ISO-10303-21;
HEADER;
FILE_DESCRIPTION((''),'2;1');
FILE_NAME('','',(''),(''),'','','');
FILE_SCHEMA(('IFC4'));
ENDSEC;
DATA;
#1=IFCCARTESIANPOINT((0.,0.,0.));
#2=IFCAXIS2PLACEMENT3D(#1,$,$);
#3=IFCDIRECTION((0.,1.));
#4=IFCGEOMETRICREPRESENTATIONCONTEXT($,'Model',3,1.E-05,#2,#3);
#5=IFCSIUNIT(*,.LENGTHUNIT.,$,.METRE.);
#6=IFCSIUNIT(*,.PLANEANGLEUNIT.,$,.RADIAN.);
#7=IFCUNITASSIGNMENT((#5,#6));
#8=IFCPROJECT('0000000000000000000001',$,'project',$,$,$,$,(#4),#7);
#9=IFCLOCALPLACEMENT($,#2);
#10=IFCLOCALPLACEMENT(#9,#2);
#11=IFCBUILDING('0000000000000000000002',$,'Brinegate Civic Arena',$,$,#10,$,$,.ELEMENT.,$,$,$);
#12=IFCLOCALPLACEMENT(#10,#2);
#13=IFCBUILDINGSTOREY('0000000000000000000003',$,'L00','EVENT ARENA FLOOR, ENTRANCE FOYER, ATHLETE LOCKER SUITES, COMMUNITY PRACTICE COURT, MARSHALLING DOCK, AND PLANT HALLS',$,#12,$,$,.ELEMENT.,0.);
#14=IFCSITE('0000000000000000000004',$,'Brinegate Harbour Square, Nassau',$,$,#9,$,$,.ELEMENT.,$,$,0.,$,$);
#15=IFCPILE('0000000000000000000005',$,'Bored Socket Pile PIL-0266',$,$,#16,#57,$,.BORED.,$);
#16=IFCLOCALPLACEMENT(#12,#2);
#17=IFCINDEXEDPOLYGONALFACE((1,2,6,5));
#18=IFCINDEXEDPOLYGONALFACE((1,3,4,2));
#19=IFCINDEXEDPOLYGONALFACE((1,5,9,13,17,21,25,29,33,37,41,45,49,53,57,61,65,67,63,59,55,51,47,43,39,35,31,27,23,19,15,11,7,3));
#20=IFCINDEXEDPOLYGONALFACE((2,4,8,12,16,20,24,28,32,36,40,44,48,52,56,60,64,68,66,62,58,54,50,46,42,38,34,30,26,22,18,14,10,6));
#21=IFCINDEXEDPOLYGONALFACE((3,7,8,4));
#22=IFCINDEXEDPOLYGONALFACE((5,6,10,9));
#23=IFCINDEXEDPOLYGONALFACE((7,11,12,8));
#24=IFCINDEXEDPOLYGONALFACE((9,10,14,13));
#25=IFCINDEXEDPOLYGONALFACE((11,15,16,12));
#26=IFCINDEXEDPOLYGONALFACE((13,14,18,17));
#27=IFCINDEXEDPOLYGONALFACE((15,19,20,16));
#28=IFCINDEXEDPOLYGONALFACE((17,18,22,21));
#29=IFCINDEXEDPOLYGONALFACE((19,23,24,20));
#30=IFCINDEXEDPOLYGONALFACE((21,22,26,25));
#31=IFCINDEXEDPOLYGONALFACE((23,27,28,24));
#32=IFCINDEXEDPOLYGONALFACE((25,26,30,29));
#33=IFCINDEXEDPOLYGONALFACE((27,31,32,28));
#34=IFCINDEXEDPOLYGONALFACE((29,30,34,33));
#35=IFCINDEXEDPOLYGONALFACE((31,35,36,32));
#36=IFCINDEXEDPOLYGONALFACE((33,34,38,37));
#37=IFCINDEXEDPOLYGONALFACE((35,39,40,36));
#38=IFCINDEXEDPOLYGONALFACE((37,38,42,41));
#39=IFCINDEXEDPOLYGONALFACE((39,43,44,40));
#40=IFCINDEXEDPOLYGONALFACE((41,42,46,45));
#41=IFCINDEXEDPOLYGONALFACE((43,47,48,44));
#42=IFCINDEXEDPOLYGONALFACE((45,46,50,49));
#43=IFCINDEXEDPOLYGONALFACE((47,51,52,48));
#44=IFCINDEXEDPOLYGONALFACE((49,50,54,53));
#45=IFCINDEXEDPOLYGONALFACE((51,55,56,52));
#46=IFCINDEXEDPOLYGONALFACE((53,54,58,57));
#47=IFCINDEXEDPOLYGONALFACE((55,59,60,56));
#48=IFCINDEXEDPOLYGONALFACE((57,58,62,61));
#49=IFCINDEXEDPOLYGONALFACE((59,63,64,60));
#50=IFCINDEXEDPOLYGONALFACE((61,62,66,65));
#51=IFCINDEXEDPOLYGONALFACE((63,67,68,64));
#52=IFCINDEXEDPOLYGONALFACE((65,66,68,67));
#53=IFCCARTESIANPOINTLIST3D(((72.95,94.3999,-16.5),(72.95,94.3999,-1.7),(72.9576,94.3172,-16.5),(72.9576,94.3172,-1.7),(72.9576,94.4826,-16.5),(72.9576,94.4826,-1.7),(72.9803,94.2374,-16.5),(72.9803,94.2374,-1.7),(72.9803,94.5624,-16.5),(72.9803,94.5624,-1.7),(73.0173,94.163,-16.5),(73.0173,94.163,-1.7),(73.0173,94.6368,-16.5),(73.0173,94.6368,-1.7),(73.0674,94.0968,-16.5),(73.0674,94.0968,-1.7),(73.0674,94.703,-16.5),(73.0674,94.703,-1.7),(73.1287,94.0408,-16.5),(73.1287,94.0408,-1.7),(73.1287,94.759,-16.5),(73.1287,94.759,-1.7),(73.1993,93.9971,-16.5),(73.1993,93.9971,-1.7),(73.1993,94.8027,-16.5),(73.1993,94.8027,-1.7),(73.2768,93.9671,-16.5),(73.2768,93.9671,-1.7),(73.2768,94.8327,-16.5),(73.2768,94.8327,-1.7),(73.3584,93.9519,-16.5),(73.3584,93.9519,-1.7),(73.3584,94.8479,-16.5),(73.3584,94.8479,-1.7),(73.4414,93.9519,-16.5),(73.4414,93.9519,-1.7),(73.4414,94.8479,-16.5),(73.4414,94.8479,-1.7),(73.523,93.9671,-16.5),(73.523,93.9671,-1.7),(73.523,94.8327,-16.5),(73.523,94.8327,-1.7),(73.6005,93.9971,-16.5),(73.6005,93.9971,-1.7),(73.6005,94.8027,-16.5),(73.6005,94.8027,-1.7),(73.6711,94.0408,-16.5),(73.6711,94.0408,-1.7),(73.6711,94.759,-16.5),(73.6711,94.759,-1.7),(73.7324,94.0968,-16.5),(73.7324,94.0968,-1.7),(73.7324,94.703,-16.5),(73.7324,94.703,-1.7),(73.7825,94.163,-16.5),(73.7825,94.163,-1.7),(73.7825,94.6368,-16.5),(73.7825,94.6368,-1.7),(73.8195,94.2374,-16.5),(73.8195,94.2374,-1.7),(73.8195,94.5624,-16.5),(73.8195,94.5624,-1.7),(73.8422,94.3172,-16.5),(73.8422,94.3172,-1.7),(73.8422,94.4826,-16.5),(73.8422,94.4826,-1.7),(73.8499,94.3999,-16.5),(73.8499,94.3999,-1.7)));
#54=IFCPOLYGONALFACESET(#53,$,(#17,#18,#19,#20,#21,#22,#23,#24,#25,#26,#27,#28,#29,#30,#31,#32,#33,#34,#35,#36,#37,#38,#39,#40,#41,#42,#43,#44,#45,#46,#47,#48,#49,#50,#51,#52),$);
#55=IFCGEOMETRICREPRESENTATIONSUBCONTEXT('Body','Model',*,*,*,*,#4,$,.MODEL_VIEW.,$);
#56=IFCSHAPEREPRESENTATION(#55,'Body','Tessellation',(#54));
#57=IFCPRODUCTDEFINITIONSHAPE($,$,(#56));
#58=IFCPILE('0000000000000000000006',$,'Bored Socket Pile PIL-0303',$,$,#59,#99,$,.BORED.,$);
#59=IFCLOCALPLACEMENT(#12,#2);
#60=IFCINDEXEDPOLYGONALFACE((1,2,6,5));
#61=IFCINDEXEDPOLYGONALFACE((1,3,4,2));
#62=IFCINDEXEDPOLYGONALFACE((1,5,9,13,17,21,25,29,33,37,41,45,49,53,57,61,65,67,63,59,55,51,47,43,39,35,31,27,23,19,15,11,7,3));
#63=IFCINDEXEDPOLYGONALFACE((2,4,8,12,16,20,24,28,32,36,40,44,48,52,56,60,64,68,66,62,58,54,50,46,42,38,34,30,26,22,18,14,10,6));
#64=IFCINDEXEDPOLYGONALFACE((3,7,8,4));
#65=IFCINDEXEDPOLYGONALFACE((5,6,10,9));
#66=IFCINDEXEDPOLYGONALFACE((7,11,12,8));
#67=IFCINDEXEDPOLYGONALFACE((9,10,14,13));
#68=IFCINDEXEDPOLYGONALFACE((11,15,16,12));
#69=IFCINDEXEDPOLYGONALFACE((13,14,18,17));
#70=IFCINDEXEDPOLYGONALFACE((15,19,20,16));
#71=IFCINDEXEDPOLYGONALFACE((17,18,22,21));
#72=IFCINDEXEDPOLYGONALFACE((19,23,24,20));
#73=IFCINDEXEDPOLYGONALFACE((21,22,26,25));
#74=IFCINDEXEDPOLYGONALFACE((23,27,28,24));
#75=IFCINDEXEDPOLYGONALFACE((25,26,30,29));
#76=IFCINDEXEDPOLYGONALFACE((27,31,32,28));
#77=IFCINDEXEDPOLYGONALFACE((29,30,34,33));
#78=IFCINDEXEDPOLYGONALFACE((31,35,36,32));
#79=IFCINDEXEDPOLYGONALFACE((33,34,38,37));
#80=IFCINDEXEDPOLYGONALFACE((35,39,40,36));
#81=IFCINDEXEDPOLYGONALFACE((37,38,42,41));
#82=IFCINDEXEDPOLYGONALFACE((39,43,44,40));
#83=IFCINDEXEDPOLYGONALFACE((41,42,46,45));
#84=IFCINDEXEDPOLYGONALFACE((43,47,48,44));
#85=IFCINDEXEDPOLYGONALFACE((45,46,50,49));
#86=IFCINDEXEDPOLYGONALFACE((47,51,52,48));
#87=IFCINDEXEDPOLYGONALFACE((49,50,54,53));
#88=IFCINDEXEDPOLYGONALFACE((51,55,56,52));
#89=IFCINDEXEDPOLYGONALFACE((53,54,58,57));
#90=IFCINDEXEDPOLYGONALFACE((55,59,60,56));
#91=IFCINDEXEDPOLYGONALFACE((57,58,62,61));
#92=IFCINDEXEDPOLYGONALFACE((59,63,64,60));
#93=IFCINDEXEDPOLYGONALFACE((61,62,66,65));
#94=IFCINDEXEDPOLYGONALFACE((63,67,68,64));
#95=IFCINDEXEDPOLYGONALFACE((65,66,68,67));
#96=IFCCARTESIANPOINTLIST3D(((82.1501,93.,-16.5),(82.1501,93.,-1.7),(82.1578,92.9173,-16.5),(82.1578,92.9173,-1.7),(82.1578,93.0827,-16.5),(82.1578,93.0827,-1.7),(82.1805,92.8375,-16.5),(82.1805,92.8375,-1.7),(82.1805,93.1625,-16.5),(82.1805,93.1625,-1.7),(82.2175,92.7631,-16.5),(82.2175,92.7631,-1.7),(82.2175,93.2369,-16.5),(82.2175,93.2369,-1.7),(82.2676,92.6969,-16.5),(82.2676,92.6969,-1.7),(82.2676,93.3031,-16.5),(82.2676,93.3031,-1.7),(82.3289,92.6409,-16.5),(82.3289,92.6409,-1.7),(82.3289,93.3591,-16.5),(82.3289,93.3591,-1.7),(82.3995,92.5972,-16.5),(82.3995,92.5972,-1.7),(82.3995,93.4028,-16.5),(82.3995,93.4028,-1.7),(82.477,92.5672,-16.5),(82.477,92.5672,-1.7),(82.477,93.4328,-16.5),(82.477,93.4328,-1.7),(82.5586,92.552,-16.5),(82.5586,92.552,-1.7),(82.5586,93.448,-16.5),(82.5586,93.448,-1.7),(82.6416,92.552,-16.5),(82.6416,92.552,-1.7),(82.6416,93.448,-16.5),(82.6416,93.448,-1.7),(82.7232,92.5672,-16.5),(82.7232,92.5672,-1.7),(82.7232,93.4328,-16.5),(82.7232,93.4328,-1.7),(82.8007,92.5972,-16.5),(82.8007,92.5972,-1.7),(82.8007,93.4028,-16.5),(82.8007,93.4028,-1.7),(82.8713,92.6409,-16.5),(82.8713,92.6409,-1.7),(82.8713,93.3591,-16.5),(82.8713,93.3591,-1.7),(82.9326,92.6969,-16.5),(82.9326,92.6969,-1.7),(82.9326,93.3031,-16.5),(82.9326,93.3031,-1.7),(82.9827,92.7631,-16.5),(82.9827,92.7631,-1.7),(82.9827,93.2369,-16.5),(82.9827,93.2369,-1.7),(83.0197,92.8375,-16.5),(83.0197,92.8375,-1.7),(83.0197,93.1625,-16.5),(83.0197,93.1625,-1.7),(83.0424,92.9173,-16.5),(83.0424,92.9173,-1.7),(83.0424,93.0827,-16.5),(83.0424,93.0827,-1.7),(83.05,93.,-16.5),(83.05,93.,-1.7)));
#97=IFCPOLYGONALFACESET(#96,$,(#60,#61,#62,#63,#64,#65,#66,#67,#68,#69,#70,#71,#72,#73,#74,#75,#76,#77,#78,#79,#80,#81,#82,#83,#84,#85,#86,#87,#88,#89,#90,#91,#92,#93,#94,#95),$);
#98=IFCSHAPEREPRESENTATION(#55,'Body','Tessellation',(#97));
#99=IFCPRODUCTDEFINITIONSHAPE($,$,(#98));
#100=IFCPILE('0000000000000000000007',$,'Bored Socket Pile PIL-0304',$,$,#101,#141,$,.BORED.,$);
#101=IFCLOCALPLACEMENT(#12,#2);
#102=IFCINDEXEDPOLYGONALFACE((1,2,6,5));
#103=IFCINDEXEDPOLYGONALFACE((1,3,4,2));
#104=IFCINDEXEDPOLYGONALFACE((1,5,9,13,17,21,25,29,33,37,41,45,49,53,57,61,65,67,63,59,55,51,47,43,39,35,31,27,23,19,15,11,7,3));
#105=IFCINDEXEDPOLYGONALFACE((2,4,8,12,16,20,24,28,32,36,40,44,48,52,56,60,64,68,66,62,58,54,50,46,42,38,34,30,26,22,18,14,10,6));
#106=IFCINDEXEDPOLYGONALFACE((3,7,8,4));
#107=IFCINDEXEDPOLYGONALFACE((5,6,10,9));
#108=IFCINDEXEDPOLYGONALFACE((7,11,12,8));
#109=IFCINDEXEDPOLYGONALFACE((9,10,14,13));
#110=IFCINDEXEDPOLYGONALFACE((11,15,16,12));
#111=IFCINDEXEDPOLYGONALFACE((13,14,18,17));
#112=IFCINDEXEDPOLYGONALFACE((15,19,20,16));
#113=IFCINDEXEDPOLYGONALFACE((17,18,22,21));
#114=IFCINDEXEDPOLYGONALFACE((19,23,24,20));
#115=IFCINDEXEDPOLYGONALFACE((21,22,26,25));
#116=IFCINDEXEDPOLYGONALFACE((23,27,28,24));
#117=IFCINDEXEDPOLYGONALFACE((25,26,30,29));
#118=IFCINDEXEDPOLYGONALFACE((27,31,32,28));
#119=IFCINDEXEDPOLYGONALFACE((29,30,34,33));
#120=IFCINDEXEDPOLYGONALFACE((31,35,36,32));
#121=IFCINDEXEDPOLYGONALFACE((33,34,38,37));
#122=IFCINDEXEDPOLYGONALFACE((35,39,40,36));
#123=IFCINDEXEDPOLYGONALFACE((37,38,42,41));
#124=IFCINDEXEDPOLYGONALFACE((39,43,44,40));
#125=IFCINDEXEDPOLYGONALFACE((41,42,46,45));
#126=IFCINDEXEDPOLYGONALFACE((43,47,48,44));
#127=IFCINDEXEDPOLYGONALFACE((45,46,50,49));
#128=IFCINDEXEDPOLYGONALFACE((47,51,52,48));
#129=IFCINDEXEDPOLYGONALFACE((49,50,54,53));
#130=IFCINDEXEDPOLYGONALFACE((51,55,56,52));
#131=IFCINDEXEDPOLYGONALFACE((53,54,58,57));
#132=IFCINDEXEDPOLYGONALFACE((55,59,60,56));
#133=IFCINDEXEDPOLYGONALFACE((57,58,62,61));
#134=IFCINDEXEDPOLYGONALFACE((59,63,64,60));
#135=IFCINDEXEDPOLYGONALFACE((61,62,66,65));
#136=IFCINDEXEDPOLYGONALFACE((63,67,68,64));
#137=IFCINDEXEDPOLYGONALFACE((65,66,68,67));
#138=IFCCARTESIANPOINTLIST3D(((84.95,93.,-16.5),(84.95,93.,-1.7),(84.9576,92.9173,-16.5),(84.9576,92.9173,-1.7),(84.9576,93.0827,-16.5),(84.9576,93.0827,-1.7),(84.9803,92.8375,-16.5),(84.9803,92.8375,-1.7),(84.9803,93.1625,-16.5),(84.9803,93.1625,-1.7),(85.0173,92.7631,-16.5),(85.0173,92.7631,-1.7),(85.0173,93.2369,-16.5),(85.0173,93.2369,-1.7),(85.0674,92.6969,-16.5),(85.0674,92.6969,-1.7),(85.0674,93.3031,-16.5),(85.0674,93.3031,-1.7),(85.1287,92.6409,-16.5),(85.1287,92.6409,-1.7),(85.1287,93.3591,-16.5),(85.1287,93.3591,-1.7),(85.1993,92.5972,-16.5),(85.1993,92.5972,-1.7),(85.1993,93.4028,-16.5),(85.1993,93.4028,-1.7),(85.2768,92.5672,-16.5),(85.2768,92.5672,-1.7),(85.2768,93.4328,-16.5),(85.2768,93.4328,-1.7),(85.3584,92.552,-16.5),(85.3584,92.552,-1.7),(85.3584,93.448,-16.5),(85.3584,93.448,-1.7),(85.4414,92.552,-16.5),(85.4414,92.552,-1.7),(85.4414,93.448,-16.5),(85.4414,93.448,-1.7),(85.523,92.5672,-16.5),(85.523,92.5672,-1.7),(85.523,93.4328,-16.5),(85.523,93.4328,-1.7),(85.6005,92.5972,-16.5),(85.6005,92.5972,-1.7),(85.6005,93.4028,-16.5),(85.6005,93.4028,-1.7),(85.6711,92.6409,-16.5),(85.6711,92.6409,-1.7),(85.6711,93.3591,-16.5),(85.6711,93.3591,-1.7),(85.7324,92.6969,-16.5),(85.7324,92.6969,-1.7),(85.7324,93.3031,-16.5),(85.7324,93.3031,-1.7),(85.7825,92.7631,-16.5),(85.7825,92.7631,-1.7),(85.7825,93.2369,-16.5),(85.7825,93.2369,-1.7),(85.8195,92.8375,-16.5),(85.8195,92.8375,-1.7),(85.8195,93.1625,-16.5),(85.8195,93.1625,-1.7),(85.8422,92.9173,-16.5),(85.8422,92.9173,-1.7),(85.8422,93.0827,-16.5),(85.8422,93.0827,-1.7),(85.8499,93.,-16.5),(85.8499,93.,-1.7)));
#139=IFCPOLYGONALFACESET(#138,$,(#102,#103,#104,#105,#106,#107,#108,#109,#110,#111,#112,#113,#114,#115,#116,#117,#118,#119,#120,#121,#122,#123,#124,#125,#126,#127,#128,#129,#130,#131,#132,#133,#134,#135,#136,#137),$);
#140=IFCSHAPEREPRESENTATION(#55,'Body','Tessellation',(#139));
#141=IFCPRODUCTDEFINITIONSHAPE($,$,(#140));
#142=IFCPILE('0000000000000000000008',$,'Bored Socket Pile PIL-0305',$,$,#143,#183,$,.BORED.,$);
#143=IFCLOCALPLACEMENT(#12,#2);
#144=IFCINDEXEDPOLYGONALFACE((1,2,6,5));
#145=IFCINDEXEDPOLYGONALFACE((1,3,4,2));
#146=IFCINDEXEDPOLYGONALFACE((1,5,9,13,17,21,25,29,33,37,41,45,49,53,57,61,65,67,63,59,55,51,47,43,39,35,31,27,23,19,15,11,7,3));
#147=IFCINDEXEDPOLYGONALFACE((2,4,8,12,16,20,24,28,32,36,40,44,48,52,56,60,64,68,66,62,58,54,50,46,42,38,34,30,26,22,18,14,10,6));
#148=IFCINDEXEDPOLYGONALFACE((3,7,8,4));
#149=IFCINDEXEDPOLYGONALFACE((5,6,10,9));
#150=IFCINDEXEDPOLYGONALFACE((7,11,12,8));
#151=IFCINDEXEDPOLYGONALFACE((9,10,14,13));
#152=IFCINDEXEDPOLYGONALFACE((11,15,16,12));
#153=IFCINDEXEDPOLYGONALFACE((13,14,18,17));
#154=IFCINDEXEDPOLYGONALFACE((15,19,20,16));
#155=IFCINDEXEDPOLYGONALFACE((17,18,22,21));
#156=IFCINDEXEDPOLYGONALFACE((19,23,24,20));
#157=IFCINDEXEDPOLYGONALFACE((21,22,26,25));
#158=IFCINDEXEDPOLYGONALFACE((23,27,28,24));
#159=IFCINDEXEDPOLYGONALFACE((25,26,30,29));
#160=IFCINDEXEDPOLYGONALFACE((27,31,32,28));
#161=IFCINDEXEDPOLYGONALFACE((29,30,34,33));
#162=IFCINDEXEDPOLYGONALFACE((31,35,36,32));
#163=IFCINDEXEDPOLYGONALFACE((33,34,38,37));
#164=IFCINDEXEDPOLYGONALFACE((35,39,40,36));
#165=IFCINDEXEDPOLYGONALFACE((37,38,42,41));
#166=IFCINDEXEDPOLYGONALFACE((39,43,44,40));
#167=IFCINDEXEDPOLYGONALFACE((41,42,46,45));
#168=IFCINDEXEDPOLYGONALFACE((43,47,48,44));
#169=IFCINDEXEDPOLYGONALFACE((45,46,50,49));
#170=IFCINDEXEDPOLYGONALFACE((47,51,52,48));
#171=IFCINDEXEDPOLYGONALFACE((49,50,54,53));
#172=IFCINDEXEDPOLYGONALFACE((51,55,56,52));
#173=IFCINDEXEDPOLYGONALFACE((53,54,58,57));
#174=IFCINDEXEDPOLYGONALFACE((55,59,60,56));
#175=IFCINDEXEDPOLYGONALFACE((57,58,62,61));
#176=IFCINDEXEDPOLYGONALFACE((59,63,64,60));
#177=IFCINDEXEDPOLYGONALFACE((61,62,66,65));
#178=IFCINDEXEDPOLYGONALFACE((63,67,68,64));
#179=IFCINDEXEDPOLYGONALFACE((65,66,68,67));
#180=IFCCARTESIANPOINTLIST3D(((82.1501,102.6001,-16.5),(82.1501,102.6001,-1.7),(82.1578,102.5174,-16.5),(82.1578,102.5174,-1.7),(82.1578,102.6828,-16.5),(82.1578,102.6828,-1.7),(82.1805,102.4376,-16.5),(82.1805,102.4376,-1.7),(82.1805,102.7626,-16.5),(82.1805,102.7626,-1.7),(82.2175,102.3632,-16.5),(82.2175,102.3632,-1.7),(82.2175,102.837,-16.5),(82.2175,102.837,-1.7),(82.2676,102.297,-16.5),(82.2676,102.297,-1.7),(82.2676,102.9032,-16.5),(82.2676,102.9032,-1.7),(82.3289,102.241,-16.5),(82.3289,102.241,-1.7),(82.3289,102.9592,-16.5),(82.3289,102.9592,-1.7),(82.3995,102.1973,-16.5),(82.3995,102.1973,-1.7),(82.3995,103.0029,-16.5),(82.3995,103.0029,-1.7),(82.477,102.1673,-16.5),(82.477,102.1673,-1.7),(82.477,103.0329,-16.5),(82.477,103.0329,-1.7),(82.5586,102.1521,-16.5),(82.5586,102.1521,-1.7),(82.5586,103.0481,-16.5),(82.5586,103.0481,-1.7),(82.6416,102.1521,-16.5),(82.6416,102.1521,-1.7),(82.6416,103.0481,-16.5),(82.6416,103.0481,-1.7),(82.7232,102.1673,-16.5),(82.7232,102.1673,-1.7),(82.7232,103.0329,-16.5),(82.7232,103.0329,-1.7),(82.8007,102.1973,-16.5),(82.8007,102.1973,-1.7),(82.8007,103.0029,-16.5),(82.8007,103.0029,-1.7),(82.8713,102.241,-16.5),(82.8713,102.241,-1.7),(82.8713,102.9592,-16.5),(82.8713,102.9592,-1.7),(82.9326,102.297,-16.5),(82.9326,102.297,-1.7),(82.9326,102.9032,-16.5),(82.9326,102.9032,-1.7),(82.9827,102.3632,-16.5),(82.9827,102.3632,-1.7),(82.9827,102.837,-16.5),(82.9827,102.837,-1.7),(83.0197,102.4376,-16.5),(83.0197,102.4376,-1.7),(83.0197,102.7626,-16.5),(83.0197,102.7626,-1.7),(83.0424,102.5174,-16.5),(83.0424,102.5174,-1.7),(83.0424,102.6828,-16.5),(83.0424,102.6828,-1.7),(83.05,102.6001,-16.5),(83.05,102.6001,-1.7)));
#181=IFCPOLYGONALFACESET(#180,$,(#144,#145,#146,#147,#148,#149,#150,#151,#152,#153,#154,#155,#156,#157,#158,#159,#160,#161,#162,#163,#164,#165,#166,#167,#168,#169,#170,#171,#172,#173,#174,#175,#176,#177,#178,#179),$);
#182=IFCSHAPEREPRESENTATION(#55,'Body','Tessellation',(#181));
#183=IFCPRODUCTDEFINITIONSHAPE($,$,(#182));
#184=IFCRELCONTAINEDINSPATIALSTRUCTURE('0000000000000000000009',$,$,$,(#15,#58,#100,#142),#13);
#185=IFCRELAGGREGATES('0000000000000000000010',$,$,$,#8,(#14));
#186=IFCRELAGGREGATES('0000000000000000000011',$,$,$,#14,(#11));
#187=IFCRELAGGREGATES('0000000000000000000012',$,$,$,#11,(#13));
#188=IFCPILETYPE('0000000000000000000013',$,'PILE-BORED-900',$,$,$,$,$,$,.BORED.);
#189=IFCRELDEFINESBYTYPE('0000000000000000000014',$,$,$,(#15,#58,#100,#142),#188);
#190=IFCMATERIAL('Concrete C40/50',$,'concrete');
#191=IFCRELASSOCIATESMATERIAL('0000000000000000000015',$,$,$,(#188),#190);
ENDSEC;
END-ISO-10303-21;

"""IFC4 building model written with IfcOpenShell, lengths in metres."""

from ifc_helpers import new_model, si_unit, direction, frame, origin, origin_2d, place, context, subcontext, project, spatial, circle, extrude, material, material_profile, profile_set, type_object, element, save


model = new_model("IFC4")

# Units and contexts
model_context = context("Model", 3, precision=1e-05, world=origin(), true_north=direction((0.0, 1.0)))
body_context = subcontext(model_context, "Body", "Model", "MODEL_VIEW")
ifc_project = project(units=[si_unit("LENGTHUNIT", "METRE"), si_unit("PLANEANGLEUNIT", "RADIAN")], contexts=[model_context])

# Site, building, storey
site_placement = place(None, origin())
site = spatial("IfcSite", under=ifc_project, at=site_placement, Name="Brinegate Harbour Square, Nassau", CompositionType="ELEMENT", RefElevation=0.0)
building_placement = place(site_placement, origin())
building = spatial("IfcBuilding", under=site, at=building_placement, Name="Brinegate Civic Arena", CompositionType="ELEMENT")
storey_placement = place(building_placement, origin())
storey = spatial("IfcBuildingStorey", under=building, at=storey_placement, Name="L00", Description="EVENT ARENA FLOOR, ENTRANCE FOYER, ATHLETE LOCKER SUITES, COMMUNITY PRACTICE COURT, MARSHALLING DOCK, AND PLANT HALLS", CompositionType="ELEMENT", Elevation=0.0)

# Shared definitions
ifc_material_1 = material(Name="Concrete C40/50", Category="concrete")

# Piles
ifc_material_profile_1 = material_profile(ifc_material_1, circle(Radius=0.45, at=origin_2d()), Name="PILED900")
ifc_profile_set_1 = profile_set([ifc_material_profile_1], Name="Concrete C40/50")
pile_type_1 = type_object("IfcPileType", Name="PILE-BORED-900", PredefinedType="BORED", material=ifc_profile_set_1)
for number, where, z_axis, x_axis, name in (
    (1, (73.3999, 94.3999, -1.7), (0.0, 0.0, -1.0), (1.0, 0.0, 0.0), "Bored Socket Pile PIL-0266"),
    (2, (82.6001, 93.0, -1.7), (0.0, 0.0, -1.0), (1.0, 0.0, 0.0), "Bored Socket Pile PIL-0303"),
    (3, (85.3999, 93.0, -1.7), (0.0, 0.0, -1.0), (1.0, 0.0, 0.0), "Bored Socket Pile PIL-0304"),
    (4, (82.6001, 102.6001, -1.7), (0.0, 0.0, -1.0), (1.0, 0.0, 0.0), "Bored Socket Pile PIL-0305"),
):
    element("IfcPile", number, at=place(storey_placement, frame(where, z_axis=z_axis, x_axis=x_axis)), inside=storey, type_object=pile_type_1, Name=name, PredefinedType="BORED", context=body_context, shape_type="SweptSolid", body=[
        extrude(circle(Radius=0.45, at=origin_2d()), origin(), (0.0, 0.0, 1.0), 14.8),
    ])

save(model, "model.ifc")
